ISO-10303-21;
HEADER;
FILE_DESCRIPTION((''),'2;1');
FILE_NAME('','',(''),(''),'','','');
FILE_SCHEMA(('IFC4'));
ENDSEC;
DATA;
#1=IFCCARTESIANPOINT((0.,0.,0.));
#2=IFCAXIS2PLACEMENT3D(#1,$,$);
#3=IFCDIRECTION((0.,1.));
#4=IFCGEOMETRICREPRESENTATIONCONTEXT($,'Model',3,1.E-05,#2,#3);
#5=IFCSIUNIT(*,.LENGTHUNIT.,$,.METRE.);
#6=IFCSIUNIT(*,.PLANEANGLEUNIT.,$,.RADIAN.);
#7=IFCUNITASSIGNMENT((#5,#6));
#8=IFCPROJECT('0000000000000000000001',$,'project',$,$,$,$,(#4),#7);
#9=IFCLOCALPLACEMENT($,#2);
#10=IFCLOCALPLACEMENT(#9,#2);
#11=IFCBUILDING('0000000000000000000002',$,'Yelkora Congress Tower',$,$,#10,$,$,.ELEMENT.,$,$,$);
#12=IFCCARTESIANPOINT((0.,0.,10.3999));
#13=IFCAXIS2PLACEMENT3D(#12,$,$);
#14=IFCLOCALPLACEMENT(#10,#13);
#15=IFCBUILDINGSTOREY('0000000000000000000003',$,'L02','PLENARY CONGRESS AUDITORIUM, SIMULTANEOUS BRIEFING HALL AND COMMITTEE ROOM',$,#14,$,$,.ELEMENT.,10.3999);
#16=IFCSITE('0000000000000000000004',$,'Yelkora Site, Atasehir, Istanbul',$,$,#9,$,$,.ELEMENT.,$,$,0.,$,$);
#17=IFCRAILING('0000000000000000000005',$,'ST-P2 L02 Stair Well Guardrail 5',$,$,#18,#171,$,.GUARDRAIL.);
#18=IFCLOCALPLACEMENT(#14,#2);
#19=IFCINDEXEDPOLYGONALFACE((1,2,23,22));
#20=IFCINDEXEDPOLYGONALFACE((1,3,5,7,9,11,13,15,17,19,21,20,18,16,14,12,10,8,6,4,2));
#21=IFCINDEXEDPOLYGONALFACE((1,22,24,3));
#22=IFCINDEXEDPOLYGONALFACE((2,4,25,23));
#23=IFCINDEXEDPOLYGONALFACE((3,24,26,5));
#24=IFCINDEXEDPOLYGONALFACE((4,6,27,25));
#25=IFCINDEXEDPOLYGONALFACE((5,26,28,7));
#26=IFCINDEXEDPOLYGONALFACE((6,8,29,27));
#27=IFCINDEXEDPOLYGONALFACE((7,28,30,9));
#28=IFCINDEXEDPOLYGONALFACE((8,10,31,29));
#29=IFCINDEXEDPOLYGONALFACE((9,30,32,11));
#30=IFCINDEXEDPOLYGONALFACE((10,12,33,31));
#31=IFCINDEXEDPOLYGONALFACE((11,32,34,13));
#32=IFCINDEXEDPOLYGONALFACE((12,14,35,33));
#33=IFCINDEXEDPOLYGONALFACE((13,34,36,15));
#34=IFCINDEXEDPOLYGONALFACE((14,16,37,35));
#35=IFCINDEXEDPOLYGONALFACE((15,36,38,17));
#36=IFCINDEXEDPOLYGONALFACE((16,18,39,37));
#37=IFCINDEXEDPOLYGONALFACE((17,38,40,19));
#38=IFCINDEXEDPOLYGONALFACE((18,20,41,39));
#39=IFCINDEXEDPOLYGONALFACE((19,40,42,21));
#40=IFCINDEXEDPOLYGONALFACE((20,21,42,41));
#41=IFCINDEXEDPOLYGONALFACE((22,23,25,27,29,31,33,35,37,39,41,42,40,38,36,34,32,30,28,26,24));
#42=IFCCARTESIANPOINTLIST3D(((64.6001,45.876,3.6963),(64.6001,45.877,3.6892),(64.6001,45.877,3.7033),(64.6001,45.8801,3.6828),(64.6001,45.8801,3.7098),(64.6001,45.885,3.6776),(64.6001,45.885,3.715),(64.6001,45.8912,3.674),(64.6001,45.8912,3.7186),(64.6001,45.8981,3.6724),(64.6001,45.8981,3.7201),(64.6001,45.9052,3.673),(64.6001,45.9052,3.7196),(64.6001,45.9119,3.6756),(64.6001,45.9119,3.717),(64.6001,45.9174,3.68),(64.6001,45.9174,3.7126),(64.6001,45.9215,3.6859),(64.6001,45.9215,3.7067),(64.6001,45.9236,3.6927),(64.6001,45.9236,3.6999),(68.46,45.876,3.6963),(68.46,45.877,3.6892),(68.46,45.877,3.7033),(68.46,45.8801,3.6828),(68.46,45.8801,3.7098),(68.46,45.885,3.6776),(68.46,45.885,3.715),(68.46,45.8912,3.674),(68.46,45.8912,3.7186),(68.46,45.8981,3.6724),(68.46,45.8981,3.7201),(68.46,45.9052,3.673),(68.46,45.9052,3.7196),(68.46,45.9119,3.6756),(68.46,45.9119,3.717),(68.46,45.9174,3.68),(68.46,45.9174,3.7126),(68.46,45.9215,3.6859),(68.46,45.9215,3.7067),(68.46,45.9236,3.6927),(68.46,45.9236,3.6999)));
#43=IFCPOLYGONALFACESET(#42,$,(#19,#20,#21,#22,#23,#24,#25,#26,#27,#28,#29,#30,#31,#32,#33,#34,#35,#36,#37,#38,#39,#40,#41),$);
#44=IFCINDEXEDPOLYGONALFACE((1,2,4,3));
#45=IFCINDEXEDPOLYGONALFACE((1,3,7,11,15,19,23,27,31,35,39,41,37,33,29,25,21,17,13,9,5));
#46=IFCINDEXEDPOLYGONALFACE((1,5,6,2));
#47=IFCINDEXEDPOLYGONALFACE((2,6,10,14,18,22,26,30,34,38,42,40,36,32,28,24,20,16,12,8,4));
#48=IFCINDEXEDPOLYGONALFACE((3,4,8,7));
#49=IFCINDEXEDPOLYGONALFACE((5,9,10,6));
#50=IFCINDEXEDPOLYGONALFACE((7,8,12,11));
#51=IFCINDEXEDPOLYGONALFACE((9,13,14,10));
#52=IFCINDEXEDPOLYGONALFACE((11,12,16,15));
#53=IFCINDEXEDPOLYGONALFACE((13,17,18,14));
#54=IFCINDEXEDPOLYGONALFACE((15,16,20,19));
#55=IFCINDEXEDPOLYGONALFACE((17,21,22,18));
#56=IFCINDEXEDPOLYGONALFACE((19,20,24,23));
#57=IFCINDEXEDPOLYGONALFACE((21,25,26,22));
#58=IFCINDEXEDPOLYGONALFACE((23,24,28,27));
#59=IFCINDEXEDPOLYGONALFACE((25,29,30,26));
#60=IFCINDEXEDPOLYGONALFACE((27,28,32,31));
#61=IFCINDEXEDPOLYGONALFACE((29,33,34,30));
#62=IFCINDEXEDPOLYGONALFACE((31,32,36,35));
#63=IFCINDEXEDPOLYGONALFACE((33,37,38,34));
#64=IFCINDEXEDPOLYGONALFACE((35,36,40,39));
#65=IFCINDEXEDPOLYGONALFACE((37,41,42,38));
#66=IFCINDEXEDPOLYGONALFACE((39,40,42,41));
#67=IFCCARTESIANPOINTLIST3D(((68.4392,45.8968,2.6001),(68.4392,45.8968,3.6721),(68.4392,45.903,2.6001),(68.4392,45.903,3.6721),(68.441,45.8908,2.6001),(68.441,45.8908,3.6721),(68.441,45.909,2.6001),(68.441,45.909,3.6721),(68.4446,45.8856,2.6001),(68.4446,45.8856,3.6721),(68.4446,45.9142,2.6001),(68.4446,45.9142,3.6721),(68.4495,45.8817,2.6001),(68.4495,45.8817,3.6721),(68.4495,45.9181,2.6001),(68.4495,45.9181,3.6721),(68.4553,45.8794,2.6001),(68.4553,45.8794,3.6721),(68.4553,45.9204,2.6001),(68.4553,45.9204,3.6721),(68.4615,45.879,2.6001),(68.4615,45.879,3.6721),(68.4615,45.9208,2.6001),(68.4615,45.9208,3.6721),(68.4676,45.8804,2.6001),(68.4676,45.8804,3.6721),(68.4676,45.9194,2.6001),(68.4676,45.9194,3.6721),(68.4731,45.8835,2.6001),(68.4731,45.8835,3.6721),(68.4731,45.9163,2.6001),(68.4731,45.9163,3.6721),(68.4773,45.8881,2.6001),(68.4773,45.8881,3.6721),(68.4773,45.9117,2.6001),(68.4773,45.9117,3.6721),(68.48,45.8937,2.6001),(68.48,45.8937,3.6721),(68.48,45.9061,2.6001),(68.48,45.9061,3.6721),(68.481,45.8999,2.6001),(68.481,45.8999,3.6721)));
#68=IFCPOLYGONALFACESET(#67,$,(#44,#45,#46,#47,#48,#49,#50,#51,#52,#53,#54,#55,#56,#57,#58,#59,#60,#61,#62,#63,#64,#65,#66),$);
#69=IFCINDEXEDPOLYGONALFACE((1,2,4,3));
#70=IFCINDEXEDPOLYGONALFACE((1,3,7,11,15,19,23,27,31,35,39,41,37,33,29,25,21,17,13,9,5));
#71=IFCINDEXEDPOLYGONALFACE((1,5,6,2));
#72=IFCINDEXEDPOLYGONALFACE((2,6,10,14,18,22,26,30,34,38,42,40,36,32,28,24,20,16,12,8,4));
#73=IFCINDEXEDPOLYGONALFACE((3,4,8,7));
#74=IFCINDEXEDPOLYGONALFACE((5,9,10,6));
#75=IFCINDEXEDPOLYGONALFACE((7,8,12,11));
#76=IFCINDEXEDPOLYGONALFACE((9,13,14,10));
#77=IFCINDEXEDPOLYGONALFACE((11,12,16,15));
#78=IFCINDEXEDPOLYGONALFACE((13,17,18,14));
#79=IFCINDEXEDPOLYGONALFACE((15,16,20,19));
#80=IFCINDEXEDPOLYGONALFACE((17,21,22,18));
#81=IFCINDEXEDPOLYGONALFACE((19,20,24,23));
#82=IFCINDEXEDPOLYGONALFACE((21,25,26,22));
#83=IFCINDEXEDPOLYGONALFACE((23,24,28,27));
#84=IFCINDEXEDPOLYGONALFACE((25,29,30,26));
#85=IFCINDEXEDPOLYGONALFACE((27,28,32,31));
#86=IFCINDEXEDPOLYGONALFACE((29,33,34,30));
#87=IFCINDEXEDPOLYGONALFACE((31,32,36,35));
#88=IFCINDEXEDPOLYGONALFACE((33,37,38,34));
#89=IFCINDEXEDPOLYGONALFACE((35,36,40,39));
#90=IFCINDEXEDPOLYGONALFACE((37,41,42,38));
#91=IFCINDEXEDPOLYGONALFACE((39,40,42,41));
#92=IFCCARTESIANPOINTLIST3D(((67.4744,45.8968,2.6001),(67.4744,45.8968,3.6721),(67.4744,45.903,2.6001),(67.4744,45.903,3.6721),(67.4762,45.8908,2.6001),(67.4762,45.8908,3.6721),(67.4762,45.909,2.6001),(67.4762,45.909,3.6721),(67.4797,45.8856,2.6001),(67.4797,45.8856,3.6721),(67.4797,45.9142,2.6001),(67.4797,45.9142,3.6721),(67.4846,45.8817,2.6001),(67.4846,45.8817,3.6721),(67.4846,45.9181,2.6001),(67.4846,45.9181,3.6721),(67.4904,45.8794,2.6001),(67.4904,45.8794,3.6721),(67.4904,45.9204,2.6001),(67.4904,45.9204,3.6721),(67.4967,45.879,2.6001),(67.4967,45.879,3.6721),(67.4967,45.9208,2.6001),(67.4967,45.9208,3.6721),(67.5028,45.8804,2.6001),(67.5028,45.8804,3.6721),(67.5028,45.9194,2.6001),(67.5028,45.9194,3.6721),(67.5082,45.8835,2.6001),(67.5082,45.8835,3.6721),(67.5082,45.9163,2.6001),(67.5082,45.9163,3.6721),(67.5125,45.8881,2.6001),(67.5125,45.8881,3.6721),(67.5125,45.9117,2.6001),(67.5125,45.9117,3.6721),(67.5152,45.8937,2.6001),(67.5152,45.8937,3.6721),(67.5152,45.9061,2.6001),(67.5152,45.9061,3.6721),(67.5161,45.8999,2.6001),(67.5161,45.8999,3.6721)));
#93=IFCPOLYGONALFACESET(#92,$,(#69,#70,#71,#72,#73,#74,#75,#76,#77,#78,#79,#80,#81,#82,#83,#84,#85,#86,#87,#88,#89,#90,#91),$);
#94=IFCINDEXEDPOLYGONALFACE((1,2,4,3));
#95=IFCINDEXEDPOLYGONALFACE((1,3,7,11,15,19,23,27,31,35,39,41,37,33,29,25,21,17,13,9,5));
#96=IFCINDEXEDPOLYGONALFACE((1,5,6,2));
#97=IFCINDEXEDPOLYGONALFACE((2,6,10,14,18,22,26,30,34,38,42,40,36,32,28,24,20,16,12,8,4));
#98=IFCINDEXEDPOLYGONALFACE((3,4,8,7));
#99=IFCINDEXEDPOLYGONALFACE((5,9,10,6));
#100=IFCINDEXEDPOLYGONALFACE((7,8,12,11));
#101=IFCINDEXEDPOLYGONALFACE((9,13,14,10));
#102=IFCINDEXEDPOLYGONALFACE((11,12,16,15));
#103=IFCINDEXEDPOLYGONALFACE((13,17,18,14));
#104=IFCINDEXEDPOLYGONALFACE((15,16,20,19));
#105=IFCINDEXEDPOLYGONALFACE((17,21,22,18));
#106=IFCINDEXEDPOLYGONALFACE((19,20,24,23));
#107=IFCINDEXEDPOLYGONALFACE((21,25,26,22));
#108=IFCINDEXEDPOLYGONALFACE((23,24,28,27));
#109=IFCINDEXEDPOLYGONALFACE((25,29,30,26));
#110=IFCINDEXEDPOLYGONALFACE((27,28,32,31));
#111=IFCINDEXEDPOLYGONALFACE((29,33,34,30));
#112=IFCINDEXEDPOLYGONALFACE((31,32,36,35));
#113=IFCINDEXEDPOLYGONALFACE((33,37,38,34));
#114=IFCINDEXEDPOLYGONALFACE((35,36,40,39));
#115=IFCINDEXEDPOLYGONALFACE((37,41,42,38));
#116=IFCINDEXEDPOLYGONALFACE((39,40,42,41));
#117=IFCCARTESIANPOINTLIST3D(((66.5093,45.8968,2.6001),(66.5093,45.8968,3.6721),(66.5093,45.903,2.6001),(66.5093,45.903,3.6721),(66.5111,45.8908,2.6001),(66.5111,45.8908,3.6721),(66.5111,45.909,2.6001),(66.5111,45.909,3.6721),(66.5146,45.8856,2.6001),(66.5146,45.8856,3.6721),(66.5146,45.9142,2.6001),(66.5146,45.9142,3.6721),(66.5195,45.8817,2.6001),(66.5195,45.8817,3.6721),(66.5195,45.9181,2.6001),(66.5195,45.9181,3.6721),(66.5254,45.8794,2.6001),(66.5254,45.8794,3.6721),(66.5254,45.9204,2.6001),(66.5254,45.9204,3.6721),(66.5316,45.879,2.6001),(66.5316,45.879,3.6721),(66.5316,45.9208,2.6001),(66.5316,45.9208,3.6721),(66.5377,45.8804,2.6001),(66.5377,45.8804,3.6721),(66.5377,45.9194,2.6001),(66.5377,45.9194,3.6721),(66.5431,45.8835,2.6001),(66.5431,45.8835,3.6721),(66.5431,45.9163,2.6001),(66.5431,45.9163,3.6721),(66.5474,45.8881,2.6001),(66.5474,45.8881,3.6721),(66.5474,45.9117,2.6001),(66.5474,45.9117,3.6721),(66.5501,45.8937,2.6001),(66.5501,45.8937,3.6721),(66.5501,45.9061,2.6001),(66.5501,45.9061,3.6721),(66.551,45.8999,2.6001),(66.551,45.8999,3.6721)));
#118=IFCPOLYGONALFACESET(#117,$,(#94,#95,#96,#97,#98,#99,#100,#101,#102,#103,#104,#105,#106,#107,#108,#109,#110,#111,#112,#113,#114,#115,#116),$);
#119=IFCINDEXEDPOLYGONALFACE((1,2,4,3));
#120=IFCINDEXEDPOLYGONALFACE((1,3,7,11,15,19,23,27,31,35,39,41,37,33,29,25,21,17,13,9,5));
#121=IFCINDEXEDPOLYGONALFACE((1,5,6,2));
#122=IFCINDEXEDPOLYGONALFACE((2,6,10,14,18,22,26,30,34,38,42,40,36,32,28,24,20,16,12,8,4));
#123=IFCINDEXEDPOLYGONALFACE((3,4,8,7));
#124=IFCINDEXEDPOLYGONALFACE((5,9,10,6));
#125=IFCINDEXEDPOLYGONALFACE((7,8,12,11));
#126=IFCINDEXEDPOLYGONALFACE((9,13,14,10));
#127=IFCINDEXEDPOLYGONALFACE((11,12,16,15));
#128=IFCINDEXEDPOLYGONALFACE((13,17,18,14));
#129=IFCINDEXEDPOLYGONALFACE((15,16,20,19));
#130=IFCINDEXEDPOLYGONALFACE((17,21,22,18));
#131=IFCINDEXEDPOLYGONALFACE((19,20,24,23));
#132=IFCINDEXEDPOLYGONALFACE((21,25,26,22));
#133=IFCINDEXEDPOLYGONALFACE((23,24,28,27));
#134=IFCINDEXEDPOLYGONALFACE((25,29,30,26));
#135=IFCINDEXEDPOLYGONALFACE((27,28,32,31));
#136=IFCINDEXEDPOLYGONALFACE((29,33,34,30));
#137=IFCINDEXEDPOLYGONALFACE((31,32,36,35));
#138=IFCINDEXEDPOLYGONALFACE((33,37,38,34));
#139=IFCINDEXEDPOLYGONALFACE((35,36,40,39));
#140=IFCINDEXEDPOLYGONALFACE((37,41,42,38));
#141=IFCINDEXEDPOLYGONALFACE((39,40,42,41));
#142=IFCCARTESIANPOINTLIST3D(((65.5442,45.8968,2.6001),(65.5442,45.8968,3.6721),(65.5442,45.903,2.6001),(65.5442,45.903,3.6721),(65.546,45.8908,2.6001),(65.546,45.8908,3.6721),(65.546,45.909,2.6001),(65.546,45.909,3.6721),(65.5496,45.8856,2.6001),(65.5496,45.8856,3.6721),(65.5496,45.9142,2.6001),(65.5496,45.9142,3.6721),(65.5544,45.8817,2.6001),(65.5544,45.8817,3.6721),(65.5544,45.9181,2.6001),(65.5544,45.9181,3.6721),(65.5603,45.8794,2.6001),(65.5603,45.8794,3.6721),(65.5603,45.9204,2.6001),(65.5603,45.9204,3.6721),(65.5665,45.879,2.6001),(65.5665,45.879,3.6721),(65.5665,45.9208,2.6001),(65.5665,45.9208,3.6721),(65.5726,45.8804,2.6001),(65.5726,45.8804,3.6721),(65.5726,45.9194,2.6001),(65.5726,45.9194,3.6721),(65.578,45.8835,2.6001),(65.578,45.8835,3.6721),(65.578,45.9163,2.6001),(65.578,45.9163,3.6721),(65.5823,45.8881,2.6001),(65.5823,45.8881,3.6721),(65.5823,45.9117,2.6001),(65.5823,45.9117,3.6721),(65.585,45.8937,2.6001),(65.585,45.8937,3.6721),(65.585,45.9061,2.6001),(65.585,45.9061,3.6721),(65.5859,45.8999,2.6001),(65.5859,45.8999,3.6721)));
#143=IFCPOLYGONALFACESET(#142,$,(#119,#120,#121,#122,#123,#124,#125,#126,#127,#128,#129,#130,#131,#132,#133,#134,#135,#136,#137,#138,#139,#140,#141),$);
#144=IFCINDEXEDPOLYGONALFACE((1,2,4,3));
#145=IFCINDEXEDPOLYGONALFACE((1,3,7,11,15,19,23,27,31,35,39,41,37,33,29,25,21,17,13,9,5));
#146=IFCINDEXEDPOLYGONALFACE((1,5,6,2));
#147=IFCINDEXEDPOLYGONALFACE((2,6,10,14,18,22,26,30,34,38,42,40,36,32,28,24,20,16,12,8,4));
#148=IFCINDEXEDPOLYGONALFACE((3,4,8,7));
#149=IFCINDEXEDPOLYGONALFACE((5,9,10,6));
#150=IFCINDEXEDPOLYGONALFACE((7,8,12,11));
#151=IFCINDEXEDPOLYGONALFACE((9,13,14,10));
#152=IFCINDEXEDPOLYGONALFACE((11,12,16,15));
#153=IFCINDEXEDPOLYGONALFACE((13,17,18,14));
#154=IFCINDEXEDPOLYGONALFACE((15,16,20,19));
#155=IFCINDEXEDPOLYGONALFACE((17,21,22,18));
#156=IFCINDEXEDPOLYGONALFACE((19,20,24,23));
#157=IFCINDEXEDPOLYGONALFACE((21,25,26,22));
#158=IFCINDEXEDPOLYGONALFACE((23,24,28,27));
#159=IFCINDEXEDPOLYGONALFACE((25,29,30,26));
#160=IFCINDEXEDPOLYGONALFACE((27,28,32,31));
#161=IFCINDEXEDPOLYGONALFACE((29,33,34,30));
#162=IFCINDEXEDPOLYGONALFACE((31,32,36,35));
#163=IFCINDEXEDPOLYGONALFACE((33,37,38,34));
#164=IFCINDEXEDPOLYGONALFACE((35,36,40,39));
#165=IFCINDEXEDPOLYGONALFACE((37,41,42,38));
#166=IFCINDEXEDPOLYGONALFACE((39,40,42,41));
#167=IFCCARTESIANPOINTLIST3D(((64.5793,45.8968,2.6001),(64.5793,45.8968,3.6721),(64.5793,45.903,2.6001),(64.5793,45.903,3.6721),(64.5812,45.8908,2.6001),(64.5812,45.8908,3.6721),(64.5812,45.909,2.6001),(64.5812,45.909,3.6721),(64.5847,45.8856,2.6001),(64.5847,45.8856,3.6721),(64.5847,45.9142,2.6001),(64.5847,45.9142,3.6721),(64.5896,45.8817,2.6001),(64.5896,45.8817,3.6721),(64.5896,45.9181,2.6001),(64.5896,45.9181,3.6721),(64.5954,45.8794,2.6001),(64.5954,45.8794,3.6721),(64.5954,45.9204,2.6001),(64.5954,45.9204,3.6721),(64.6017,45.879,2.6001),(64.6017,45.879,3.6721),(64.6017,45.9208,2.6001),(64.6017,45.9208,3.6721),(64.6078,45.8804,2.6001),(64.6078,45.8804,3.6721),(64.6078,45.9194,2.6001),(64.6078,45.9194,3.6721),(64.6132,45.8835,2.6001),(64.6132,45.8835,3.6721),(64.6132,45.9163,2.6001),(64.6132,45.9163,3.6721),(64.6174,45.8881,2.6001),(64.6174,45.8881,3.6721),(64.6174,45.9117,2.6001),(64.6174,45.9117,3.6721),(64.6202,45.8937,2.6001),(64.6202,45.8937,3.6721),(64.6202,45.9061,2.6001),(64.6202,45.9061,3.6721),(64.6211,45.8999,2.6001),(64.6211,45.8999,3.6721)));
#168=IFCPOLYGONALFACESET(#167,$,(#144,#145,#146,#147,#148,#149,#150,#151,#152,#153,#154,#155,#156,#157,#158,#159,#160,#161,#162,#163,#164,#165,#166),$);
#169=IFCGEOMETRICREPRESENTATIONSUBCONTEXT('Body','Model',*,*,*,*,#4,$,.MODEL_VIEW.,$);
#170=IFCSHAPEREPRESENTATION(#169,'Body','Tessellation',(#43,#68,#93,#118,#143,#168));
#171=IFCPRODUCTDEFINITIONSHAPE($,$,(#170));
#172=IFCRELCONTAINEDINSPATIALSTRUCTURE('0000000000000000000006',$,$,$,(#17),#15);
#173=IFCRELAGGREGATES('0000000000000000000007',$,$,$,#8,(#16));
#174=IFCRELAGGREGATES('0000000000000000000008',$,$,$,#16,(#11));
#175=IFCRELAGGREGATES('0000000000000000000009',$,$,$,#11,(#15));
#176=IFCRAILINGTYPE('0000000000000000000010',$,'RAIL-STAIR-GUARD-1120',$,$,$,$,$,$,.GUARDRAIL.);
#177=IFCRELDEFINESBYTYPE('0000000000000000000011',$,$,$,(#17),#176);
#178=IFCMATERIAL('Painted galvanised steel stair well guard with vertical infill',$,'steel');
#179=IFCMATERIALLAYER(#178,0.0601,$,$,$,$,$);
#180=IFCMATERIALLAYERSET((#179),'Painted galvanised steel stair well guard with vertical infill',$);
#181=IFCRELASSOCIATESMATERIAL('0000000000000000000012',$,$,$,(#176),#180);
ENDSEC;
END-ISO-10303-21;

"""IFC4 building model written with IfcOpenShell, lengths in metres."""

from ifc_helpers import new_model, si_unit, direction, frame, origin, origin_2d, place, context, subcontext, project, spatial, circle, extrude, material, layer, layer_set, type_object, element, save


model = new_model("IFC4")

# Units and contexts
model_context = context("Model", 3, precision=1e-05, world=origin(), true_north=direction((0.0, 1.0)))
body_context = subcontext(model_context, "Body", "Model", "MODEL_VIEW")
ifc_project = project(units=[si_unit("LENGTHUNIT", "METRE"), si_unit("PLANEANGLEUNIT", "RADIAN")], contexts=[model_context])

# Site, building, storey
site_placement = place(None, origin())
site = spatial("IfcSite", under=ifc_project, at=site_placement, Name="Yelkora Site, Atasehir, Istanbul", CompositionType="ELEMENT", RefElevation=0.0)
building_placement = place(site_placement, origin())
building = spatial("IfcBuilding", under=site, at=building_placement, Name="Yelkora Congress Tower", CompositionType="ELEMENT")
storey_placement = place(building_placement, frame((0.0, 0.0, 10.3999)))
storey = spatial("IfcBuildingStorey", under=building, at=storey_placement, Name="L02", Description="PLENARY CONGRESS AUDITORIUM, SIMULTANEOUS BRIEFING HALL AND COMMITTEE ROOM", CompositionType="ELEMENT", Elevation=10.3999)

# Railing
ifc_material_1 = material(Name="Painted galvanised steel stair well guard with vertical infill", Category="steel")
ifc_layer_1 = layer(ifc_material_1, 0.0601)
ifc_layer_set_1 = layer_set([ifc_layer_1], Name="Painted galvanised steel stair well guard with vertical infill")
railing_type_1 = type_object("IfcRailingType", Name="RAIL-STAIR-GUARD-1120", PredefinedType="GUARDRAIL", material=ifc_layer_set_1)
railing_1_placement = place(storey_placement, frame((68.46, 45.8999, 2.6001)))
element("IfcRailing", 1, at=railing_1_placement, inside=storey, type_object=railing_type_1, Name="ST-P2 L02 Stair Well Guardrail 5", PredefinedType="GUARDRAIL", context=body_context, shape_type="SweptSolid", body=[
    extrude(circle(Radius=0.0239, at=origin_2d()), frame((0.0, 0.0, 1.0962), z_axis=(-1.0, 0.0, 0.0), x_axis=(0.0, -1.0, 0.0)), (0.0, 0.0, 1.0), 3.8599),
    extrude(circle(Radius=0.021, at=origin_2d()), origin(), (0.0, 0.0, 1.0), 1.072),
    extrude(circle(Radius=0.021, at=origin_2d()), frame((-0.9648, 0.0, 0.0)), (0.0, 0.0, 1.0), 1.072),
    extrude(circle(Radius=0.021, at=origin_2d()), frame((-1.9299, 0.0, 0.0)), (0.0, 0.0, 1.0), 1.072),
    extrude(circle(Radius=0.021, at=origin_2d()), frame((-2.895, 0.0, 0.0)), (0.0, 0.0, 1.0), 1.072),
    extrude(circle(Radius=0.021, at=origin_2d()), frame((-3.8599, 0.0, 0.0)), (0.0, 0.0, 1.0), 1.072),
])

save(model, "model.ifc")
